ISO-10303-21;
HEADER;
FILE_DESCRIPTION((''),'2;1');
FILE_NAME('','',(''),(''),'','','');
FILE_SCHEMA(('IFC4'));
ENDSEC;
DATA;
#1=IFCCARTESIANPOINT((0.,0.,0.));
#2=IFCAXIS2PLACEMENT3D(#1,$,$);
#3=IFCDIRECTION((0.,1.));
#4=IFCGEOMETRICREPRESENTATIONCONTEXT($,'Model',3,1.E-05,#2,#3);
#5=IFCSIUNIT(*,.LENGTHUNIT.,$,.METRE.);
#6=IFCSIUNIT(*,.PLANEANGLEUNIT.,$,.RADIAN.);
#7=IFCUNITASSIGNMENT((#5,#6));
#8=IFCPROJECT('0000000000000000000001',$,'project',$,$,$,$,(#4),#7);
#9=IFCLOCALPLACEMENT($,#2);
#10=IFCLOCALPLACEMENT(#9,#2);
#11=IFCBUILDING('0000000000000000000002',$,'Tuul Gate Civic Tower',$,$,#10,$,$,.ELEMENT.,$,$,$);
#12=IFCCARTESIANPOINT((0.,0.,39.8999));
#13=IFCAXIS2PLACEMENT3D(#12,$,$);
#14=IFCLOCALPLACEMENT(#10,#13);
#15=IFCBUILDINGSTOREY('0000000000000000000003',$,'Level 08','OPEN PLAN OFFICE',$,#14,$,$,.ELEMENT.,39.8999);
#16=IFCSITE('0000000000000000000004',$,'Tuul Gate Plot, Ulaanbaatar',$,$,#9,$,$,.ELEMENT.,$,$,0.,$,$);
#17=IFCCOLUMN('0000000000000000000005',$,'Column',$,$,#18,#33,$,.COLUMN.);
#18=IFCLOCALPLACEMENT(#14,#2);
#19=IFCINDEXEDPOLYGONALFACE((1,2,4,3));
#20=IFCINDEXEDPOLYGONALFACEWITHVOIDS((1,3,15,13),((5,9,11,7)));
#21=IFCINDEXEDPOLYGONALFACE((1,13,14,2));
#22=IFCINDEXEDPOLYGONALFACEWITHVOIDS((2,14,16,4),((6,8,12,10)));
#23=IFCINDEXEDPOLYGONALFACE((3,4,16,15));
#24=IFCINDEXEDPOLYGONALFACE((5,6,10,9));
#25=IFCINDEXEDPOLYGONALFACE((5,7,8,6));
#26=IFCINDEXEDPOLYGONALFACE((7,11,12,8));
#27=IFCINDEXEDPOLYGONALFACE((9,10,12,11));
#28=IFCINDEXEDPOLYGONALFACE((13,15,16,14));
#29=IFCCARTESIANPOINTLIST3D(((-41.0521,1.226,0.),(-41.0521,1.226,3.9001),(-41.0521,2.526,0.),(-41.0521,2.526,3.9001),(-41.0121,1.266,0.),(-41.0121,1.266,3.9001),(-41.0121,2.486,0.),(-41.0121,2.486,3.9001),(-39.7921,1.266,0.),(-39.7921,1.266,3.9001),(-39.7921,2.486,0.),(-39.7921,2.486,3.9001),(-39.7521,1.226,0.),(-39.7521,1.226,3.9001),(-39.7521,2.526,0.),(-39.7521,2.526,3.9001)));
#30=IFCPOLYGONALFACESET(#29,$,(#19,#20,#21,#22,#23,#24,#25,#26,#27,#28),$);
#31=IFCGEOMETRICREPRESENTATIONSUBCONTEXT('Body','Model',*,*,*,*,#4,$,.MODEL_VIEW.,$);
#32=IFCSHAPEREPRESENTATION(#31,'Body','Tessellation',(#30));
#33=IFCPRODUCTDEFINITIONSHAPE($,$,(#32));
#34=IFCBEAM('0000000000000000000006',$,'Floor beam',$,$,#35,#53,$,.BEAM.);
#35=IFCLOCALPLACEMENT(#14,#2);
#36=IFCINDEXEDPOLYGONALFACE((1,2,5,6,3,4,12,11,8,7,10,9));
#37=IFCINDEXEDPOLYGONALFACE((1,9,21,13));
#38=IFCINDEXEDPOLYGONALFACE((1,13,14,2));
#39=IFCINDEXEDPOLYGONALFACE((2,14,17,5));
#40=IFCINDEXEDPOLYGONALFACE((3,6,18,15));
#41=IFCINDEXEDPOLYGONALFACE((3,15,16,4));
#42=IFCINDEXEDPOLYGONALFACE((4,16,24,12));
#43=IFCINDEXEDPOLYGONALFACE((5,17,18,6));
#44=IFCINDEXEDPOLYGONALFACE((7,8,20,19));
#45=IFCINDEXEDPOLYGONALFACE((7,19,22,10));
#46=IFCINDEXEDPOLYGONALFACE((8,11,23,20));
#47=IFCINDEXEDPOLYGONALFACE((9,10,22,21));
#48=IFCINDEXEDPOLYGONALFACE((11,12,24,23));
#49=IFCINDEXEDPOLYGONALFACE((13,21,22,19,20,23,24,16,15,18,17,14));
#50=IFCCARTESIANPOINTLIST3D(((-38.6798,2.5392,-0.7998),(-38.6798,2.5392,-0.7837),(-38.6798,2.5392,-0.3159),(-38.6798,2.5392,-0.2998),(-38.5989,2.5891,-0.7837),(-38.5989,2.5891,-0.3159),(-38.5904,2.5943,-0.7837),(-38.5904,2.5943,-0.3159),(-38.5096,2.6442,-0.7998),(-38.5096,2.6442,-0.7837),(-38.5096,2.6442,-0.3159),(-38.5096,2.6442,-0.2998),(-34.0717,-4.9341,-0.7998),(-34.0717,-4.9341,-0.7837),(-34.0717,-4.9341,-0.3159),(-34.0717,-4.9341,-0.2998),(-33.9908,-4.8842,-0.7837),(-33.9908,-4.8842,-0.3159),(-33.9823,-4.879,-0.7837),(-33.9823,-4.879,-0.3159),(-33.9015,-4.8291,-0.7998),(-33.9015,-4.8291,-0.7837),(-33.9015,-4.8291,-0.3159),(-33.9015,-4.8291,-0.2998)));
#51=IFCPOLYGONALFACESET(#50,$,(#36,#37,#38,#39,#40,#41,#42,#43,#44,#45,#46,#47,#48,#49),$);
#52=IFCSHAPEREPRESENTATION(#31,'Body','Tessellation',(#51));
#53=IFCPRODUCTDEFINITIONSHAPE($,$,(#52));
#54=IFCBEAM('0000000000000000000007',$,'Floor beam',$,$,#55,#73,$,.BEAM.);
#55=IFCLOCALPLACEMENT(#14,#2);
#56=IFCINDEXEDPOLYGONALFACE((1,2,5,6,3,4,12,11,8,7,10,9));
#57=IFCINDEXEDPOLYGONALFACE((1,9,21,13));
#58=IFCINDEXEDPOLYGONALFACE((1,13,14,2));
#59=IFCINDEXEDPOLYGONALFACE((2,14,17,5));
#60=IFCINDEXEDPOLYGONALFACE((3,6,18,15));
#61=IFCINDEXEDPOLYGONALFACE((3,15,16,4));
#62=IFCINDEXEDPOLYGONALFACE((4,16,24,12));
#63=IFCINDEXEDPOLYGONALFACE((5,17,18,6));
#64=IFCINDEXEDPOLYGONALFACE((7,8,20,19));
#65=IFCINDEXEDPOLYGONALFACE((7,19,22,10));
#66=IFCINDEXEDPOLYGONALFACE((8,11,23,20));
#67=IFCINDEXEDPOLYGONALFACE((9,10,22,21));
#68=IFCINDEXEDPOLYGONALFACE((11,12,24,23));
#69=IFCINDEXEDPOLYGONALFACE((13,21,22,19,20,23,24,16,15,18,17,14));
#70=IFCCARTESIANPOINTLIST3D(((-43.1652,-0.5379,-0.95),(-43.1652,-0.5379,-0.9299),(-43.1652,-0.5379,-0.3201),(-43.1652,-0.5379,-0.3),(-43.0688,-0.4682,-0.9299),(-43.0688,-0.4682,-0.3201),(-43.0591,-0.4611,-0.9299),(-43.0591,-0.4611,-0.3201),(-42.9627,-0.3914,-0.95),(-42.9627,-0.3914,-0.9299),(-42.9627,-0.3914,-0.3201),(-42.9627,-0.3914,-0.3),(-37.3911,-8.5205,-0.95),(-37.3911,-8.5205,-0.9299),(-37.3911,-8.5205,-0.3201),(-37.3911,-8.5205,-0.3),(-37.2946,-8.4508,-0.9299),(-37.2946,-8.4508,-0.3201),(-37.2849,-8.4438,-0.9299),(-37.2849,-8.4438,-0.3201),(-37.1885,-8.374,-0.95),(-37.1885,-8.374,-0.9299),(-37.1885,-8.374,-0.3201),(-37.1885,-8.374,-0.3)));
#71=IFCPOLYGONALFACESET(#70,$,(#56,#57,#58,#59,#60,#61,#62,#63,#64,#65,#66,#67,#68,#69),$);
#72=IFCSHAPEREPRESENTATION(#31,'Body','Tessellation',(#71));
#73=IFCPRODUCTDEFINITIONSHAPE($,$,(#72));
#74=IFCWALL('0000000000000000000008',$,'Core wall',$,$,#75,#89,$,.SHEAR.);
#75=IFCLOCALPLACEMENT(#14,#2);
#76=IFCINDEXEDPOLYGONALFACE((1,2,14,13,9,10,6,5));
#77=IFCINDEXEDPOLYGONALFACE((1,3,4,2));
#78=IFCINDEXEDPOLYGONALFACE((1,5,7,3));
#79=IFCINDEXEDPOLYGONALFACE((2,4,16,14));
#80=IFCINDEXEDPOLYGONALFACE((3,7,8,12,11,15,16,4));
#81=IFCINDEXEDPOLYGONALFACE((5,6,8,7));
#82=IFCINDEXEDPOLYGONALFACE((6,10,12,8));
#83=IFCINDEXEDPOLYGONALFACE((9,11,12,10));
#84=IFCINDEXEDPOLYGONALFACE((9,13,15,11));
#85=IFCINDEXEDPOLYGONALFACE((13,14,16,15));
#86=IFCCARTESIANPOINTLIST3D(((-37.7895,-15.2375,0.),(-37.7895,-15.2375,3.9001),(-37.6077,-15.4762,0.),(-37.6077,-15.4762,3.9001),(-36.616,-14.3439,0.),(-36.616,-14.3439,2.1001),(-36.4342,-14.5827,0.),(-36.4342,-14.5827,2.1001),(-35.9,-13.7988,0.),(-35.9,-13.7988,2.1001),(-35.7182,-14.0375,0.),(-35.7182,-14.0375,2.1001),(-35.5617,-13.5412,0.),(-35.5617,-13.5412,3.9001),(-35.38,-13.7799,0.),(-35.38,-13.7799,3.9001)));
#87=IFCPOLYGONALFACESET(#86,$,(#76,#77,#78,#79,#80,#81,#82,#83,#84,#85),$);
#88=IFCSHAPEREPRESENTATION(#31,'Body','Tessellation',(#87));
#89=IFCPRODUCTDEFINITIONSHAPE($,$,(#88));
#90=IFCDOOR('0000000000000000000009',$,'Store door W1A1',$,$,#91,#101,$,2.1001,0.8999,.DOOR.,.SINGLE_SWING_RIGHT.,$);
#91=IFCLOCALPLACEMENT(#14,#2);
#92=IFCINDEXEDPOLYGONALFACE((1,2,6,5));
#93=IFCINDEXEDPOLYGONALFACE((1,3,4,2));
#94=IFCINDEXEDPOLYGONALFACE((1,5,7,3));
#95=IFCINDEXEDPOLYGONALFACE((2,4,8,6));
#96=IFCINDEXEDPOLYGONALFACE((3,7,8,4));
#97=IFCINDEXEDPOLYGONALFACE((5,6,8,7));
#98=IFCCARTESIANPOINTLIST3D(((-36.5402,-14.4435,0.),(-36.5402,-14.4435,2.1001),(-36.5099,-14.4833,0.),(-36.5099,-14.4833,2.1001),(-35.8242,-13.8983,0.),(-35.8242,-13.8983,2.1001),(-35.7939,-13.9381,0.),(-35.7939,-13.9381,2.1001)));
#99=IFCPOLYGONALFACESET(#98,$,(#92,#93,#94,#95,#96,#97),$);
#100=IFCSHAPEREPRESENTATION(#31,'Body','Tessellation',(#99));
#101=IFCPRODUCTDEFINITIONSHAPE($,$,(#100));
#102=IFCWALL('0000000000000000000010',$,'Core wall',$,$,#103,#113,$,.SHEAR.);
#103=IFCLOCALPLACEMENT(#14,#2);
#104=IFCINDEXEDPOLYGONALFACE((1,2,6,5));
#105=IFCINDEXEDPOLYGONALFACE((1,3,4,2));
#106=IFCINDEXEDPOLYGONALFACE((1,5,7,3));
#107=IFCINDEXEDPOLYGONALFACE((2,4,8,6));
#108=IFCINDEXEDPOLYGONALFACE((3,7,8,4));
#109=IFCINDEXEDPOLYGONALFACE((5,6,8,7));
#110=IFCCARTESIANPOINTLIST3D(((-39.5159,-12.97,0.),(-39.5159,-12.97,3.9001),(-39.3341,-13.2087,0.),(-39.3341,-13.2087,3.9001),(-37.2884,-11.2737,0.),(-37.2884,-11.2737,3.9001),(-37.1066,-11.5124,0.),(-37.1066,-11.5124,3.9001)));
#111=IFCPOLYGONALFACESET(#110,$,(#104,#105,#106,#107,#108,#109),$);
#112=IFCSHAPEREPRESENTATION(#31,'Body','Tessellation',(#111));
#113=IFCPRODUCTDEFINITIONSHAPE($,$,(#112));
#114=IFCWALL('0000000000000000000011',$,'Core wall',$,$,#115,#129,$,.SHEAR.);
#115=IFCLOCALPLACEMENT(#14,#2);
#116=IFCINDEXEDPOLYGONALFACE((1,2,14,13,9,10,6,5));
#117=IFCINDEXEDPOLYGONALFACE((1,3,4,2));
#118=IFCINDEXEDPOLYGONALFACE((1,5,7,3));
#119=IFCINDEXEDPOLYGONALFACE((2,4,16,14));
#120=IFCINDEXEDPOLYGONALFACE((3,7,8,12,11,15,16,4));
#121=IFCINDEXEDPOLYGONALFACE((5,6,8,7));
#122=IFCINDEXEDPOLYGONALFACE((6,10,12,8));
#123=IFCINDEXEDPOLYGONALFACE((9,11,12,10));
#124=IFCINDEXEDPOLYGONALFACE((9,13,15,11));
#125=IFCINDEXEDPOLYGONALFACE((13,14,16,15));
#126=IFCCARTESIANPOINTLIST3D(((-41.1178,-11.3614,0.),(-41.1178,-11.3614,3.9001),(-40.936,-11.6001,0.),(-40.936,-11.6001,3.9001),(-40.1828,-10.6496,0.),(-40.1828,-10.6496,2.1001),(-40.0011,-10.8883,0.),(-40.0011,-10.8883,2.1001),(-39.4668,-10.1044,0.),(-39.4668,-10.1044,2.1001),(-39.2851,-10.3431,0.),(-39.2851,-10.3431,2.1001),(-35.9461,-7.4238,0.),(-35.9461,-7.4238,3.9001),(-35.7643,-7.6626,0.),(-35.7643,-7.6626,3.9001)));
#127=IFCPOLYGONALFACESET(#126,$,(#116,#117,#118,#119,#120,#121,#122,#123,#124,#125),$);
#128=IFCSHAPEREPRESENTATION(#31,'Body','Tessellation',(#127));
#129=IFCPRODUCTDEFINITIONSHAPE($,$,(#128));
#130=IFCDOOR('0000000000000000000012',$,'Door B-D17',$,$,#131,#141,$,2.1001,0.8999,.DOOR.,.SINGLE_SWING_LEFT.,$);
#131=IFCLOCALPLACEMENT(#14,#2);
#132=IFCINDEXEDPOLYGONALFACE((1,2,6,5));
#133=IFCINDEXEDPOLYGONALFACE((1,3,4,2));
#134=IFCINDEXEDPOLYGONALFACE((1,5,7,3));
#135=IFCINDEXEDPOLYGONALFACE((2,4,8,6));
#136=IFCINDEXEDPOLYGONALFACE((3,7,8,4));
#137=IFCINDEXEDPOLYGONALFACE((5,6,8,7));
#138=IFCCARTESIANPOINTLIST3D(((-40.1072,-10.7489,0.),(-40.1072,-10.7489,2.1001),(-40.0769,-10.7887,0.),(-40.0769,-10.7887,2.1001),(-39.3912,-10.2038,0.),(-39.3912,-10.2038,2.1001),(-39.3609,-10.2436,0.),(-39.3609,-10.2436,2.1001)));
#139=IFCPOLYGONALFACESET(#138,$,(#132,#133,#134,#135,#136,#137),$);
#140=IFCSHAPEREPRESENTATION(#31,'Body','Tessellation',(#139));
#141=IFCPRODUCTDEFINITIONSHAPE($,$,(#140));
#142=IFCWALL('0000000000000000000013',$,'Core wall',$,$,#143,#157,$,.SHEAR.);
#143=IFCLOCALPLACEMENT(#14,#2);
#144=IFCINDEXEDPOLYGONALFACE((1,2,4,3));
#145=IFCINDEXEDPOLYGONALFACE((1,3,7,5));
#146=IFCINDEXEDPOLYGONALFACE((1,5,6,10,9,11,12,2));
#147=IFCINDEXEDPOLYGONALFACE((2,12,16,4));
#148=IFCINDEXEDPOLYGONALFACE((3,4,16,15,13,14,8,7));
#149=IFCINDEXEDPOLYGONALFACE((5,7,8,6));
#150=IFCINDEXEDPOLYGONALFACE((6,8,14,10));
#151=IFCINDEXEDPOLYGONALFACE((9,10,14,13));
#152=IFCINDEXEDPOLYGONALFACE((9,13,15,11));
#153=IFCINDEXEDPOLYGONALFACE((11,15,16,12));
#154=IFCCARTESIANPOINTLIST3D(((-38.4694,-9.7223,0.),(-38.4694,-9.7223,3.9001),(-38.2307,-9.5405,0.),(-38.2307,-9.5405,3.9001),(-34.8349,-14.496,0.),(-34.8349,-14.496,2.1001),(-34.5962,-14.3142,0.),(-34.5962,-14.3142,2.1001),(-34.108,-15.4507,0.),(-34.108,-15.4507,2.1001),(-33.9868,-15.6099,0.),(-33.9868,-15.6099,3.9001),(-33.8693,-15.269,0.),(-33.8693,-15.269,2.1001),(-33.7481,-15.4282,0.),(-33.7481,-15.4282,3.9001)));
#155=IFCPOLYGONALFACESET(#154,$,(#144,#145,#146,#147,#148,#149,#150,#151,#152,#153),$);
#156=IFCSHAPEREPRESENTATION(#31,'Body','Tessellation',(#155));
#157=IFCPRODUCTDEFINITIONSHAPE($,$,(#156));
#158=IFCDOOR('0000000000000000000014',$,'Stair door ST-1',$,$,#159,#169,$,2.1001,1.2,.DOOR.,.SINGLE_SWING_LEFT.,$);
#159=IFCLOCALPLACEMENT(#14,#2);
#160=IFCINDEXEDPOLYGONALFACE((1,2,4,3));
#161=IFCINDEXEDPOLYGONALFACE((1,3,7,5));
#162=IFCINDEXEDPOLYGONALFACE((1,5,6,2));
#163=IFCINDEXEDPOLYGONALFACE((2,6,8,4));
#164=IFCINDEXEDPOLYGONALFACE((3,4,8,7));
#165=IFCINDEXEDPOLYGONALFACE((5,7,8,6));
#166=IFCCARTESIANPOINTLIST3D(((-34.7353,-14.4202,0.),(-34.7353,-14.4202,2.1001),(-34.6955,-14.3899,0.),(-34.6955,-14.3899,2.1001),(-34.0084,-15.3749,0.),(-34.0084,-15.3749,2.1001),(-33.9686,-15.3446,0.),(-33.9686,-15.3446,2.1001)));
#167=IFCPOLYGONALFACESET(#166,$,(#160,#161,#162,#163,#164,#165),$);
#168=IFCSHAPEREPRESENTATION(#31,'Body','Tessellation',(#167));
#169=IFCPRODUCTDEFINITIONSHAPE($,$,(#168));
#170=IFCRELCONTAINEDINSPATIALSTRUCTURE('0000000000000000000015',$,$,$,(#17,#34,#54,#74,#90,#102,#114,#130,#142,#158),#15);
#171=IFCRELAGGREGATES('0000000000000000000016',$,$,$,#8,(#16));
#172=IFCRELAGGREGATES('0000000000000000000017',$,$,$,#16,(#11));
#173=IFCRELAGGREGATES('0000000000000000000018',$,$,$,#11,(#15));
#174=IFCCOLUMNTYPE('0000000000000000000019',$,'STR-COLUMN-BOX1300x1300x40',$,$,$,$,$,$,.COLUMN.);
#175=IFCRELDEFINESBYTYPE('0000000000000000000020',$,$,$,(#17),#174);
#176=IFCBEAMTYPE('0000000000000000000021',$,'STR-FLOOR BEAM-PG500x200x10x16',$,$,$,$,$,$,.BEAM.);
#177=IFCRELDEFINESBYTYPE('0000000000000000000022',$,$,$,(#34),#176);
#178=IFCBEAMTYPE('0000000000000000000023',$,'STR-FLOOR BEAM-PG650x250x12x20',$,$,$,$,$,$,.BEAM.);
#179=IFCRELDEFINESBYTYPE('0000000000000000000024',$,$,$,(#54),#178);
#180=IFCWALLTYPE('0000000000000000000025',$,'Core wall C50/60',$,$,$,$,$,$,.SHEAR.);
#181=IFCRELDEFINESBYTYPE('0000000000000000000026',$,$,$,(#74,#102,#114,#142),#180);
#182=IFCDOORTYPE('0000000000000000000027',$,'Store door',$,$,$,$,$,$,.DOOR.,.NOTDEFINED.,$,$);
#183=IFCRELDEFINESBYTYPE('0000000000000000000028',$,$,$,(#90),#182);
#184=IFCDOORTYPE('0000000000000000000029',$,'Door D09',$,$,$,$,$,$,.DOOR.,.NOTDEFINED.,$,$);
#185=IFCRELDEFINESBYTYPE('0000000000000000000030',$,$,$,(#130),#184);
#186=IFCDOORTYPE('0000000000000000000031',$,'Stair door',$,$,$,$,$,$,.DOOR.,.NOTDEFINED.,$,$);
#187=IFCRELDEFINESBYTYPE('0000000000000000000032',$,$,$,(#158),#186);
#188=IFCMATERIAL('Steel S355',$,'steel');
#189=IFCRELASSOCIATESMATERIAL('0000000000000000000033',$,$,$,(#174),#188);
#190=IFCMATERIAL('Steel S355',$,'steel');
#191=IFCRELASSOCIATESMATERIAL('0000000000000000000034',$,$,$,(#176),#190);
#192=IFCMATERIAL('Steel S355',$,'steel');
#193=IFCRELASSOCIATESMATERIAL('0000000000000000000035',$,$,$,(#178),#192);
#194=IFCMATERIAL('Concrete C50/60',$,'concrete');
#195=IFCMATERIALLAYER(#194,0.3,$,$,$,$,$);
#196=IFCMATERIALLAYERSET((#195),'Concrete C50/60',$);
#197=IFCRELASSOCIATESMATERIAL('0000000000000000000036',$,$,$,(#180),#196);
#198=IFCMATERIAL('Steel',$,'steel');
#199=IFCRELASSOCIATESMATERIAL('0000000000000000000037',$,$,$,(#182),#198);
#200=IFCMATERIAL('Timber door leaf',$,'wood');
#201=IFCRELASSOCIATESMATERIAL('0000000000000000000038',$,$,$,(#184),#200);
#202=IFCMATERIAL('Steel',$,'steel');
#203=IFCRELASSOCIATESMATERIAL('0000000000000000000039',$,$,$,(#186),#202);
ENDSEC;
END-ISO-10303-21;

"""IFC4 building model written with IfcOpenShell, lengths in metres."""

from ifc_helpers import new_model, si_unit, direction, frame, frame_2d, origin, origin_2d, place, context, subcontext, project, spatial, rectangle, hollow_rectangle, i_section, extrude, material, layer, layer_set, material_profile, profile_set, type_object, element, fill, save


model = new_model("IFC4")

# Units and contexts
model_context = context("Model", 3, precision=1e-05, world=origin(), true_north=direction((0.0, 1.0)))
body_context = subcontext(model_context, "Body", "Model", "MODEL_VIEW")
ifc_project = project(units=[si_unit("LENGTHUNIT", "METRE"), si_unit("PLANEANGLEUNIT", "RADIAN")], contexts=[model_context])

# Site, building, storey
site_placement = place(None, origin())
site = spatial("IfcSite", under=ifc_project, at=site_placement, Name="Tuul Gate Plot, Ulaanbaatar", CompositionType="ELEMENT", RefElevation=0.0)
building_placement = place(site_placement, origin())
building = spatial("IfcBuilding", under=site, at=building_placement, Name="Tuul Gate Civic Tower", CompositionType="ELEMENT")
storey_placement = place(building_placement, frame((0.0, 0.0, 39.8999)))
storey = spatial("IfcBuildingStorey", under=building, at=storey_placement, Name="Level 08", Description="OPEN PLAN OFFICE", CompositionType="ELEMENT", Elevation=39.8999)

# Column
ifc_material_1 = material(Name="Steel S355", Category="steel")
ifc_material_profile_1 = material_profile(ifc_material_1, hollow_rectangle(XDim=1.3, YDim=1.3, WallThickness=0.04, at=origin_2d()), Name="BOX1300x1300x40")
ifc_profile_set_1 = profile_set([ifc_material_profile_1], Name="Steel S355")
column_type = type_object("IfcColumnType", Name="STR-COLUMN-BOX1300x1300x40", PredefinedType="COLUMN", material=ifc_profile_set_1)
column_placement = place(storey_placement, frame((-40.4021, 1.876, 0.0), z_axis=(0.0, 0.0, 1.0), x_axis=(1.0, 0.0, 0.0)))
element("IfcColumn", 1, at=column_placement, inside=storey, type_object=column_type, Name="Column", PredefinedType="COLUMN", context=body_context, shape_type="SweptSolid", body=[
    extrude(hollow_rectangle(XDim=1.3, YDim=1.3, WallThickness=0.04, at=origin_2d()), origin(), (0.0, 0.0, 1.0), 3.9001),
])

# Beams
ifc_material_2 = material(Name="Steel S355", Category="steel")
ifc_material_profile_2 = material_profile(ifc_material_2, i_section(OverallWidth=0.2, OverallDepth=0.5, WebThickness=0.01, FlangeThickness=0.0161, at=origin_2d()), Name="PG500x200x10x16")
ifc_profile_set_2 = profile_set([ifc_material_profile_2], Name="Steel S355")
beam_type_1 = type_object("IfcBeamType", Name="STR-FLOOR BEAM-PG500x200x10x16", PredefinedType="BEAM", material=ifc_profile_set_2)
beam_1_placement = place(storey_placement, frame((-33.9866, -4.8816, -0.5498), z_axis=(-0.524853, 0.851193, 0.0), x_axis=(-0.851193, -0.524853, 0.0)))
element("IfcBeam", 2, at=beam_1_placement, inside=storey, type_object=beam_type_1, Name="Floor beam", PredefinedType="BEAM", context=body_context, shape_type="SweptSolid", body=[
    extrude(i_section(OverallWidth=0.2, OverallDepth=0.5, WebThickness=0.01, FlangeThickness=0.0161, at=origin_2d()), origin(), (0.0, 0.0, 1.0), 8.7798),
])
ifc_material_3 = material(Name="Steel S355", Category="steel")
ifc_material_profile_3 = material_profile(ifc_material_3, i_section(OverallWidth=0.25, OverallDepth=0.6499, WebThickness=0.012, FlangeThickness=0.02, at=origin_2d()), Name="PG650x250x12x20")
ifc_profile_set_3 = profile_set([ifc_material_profile_3], Name="Steel S355")
beam_type_2 = type_object("IfcBeamType", Name="STR-FLOOR BEAM-PG650x250x12x20", PredefinedType="BEAM", material=ifc_profile_set_3)
beam_2_placement = place(storey_placement, frame((-37.2898, -8.4473, -0.625), z_axis=(-0.586085, 0.81025, 0.0), x_axis=(-0.81025, -0.586085, 0.0)))
element("IfcBeam", 3, at=beam_2_placement, inside=storey, type_object=beam_type_2, Name="Floor beam", PredefinedType="BEAM", context=body_context, shape_type="SweptSolid", body=[
    extrude(i_section(OverallWidth=0.25, OverallDepth=0.6499, WebThickness=0.012, FlangeThickness=0.02, at=origin_2d()), origin(), (0.0, 0.0, 1.0), 9.8521),
])

# Wall, opening, door
ifc_material_4 = material(Name="Concrete C50/60", Category="concrete")
ifc_layer_1 = layer(ifc_material_4, 0.3)
ifc_layer_set_1 = layer_set([ifc_layer_1], Name="Concrete C50/60")
wall_type_1 = type_object("IfcWallType", Name="Core wall C50/60", PredefinedType="SHEAR", material=ifc_layer_set_1)
wall_1_placement = place(storey_placement, frame((-35.4709, -13.6606, 0.0), z_axis=(0.0, 0.0, 1.0), x_axis=(-0.795616, -0.605802, 0.0)))
wall_1 = element("IfcWall", 4, at=wall_1_placement, inside=storey, type_object=wall_type_1, Name="Core wall", PredefinedType="SHEAR", context=body_context, shape_type="SweptSolid", body=[
    extrude(rectangle(XDim=2.8, YDim=0.3, at=frame_2d((1.3999, 0.0))), origin(), (0.0, 0.0, 1.0), 3.9001),
])
opening_1_placement = place(wall_1_placement, frame((0.425, 0.0, 0.0)))
opening_1 = element("IfcOpeningElement", 5, at=opening_1_placement, cuts=wall_1, PredefinedType="OPENING", context=body_context, shape_type="SweptSolid", body=[
    extrude(rectangle(XDim=0.8999, YDim=2.1001, at=frame_2d((0.45, 1.05))), frame((0.0, 0.1602, 0.0), z_axis=(0.0, -1.0, 0.0), x_axis=(1.0, 0.0, 0.0)), (0.0, 0.0, 1.0), 0.3201),
])
ifc_material_5 = material(Name="Steel", Category="steel")
door_type_1 = type_object("IfcDoorType", Name="Store door", OperationType="NOTDEFINED", PredefinedType="DOOR", material=ifc_material_5)
door_1_placement = place(opening_1_placement, frame((0.8999, 0.0, 0.0), z_axis=(0.0, 0.0, 1.0), x_axis=(-1.0, 0.0, 0.0)))
door_1 = element("IfcDoor", 6, at=door_1_placement, inside=storey, type_object=door_type_1, Name="Store door W1A1", OperationType="SINGLE_SWING_RIGHT", OverallHeight=2.1001, OverallWidth=0.8999, PredefinedType="DOOR", context=body_context, shape_type="SweptSolid", body=[
    extrude(rectangle(XDim=0.8999, YDim=2.1001, at=frame_2d((0.45, 1.05))), frame((0.0, 0.0249, 0.0), z_axis=(0.0, -1.0, 0.0), x_axis=(1.0, 0.0, 0.0)), (0.0, 0.0, 1.0), 0.05),
])
fill(opening_1, door_1)

# Wall
wall_2_placement = place(storey_placement, frame((-37.1975, -11.3931, 0.0), z_axis=(0.0, 0.0, 1.0), x_axis=(-0.795584, -0.605844, 0.0)))
element("IfcWall", 7, at=wall_2_placement, inside=storey, type_object=wall_type_1, Name="Core wall", PredefinedType="SHEAR", context=body_context, shape_type="SweptSolid", body=[
    extrude(rectangle(XDim=2.7998, YDim=0.3, at=frame_2d((1.3999, 0.0))), origin(), (0.0, 0.0, 1.0), 3.9001),
])

# Walls, openings, doors
wall_3_placement = place(storey_placement, frame((-35.8552, -7.5432, 0.0), z_axis=(0.0, 0.0, 1.0), x_axis=(-0.795639, -0.605772, 0.0)))
wall_3 = element("IfcWall", 8, at=wall_3_placement, inside=storey, type_object=wall_type_1, Name="Core wall", PredefinedType="SHEAR", context=body_context, shape_type="SweptSolid", body=[
    extrude(rectangle(XDim=6.5, YDim=0.3, at=frame_2d((3.25, 0.0))), origin(), (0.0, 0.0, 1.0), 3.9001),
])
opening_2_placement = place(wall_3_placement, frame((4.425, 0.0, 0.0)))
opening_2 = element("IfcOpeningElement", 9, at=opening_2_placement, cuts=wall_3, PredefinedType="OPENING", context=body_context, shape_type="SweptSolid", body=[
    extrude(rectangle(XDim=0.8999, YDim=2.1001, at=frame_2d((0.45, 1.05))), frame((0.0, 0.1602, 0.0), z_axis=(0.0, -1.0, 0.0), x_axis=(1.0, 0.0, 0.0)), (0.0, 0.0, 1.0), 0.3201),
])
ifc_material_6 = material(Name="Timber door leaf", Category="wood")
door_type_2 = type_object("IfcDoorType", Name="Door D09", OperationType="NOTDEFINED", PredefinedType="DOOR", material=ifc_material_6)
door_2_placement = place(opening_2_placement, origin())
door_2 = element("IfcDoor", 10, at=door_2_placement, inside=storey, type_object=door_type_2, Name="Door B-D17", OperationType="SINGLE_SWING_LEFT", OverallHeight=2.1001, OverallWidth=0.8999, PredefinedType="DOOR", context=body_context, shape_type="SweptSolid", body=[
    extrude(rectangle(XDim=0.8999, YDim=2.1001, at=frame_2d((0.45, 1.05))), frame((0.0, 0.0249, 0.0), z_axis=(0.0, -1.0, 0.0), x_axis=(1.0, 0.0, 0.0)), (0.0, 0.0, 1.0), 0.05),
])
fill(opening_2, door_2)
wall_4_placement = place(storey_placement, frame((-33.8674, -15.519, 0.0), z_axis=(0.0, 0.0, 1.0), x_axis=(-0.60577, 0.79564, 0.0)))
wall_4 = element("IfcWall", 11, at=wall_4_placement, inside=storey, type_object=wall_type_1, Name="Core wall", PredefinedType="SHEAR", context=body_context, shape_type="SweptSolid", body=[
    extrude(rectangle(XDim=7.3999, YDim=0.3, at=frame_2d((3.7, 0.0))), origin(), (0.0, 0.0, 1.0), 3.9001),
])
opening_3_placement = place(wall_4_placement, frame((0.2, 0.0, 0.0)))
opening_3 = element("IfcOpeningElement", 12, at=opening_3_placement, cuts=wall_4, PredefinedType="OPENING", context=body_context, shape_type="SweptSolid", body=[
    extrude(rectangle(XDim=1.2, YDim=2.1001, at=frame_2d((0.6001, 1.05))), frame((0.0, 0.1602, 0.0), z_axis=(0.0, -1.0, 0.0), x_axis=(1.0, 0.0, 0.0)), (0.0, 0.0, 1.0), 0.3201),
])
ifc_material_7 = material(Name="Steel", Category="steel")
door_type_3 = type_object("IfcDoorType", Name="Stair door", OperationType="NOTDEFINED", PredefinedType="DOOR", material=ifc_material_7)
door_3_placement = place(opening_3_placement, origin())
door_3 = element("IfcDoor", 13, at=door_3_placement, inside=storey, type_object=door_type_3, Name="Stair door ST-1", OperationType="SINGLE_SWING_LEFT", OverallHeight=2.1001, OverallWidth=1.2, PredefinedType="DOOR", context=body_context, shape_type="SweptSolid", body=[
    extrude(rectangle(XDim=1.2, YDim=2.1001, at=frame_2d((0.6001, 1.05))), frame((0.0, 0.0249, 0.0), z_axis=(0.0, -1.0, 0.0), x_axis=(1.0, 0.0, 0.0)), (0.0, 0.0, 1.0), 0.05),
])
fill(opening_3, door_3)

save(model, "model.ifc")
